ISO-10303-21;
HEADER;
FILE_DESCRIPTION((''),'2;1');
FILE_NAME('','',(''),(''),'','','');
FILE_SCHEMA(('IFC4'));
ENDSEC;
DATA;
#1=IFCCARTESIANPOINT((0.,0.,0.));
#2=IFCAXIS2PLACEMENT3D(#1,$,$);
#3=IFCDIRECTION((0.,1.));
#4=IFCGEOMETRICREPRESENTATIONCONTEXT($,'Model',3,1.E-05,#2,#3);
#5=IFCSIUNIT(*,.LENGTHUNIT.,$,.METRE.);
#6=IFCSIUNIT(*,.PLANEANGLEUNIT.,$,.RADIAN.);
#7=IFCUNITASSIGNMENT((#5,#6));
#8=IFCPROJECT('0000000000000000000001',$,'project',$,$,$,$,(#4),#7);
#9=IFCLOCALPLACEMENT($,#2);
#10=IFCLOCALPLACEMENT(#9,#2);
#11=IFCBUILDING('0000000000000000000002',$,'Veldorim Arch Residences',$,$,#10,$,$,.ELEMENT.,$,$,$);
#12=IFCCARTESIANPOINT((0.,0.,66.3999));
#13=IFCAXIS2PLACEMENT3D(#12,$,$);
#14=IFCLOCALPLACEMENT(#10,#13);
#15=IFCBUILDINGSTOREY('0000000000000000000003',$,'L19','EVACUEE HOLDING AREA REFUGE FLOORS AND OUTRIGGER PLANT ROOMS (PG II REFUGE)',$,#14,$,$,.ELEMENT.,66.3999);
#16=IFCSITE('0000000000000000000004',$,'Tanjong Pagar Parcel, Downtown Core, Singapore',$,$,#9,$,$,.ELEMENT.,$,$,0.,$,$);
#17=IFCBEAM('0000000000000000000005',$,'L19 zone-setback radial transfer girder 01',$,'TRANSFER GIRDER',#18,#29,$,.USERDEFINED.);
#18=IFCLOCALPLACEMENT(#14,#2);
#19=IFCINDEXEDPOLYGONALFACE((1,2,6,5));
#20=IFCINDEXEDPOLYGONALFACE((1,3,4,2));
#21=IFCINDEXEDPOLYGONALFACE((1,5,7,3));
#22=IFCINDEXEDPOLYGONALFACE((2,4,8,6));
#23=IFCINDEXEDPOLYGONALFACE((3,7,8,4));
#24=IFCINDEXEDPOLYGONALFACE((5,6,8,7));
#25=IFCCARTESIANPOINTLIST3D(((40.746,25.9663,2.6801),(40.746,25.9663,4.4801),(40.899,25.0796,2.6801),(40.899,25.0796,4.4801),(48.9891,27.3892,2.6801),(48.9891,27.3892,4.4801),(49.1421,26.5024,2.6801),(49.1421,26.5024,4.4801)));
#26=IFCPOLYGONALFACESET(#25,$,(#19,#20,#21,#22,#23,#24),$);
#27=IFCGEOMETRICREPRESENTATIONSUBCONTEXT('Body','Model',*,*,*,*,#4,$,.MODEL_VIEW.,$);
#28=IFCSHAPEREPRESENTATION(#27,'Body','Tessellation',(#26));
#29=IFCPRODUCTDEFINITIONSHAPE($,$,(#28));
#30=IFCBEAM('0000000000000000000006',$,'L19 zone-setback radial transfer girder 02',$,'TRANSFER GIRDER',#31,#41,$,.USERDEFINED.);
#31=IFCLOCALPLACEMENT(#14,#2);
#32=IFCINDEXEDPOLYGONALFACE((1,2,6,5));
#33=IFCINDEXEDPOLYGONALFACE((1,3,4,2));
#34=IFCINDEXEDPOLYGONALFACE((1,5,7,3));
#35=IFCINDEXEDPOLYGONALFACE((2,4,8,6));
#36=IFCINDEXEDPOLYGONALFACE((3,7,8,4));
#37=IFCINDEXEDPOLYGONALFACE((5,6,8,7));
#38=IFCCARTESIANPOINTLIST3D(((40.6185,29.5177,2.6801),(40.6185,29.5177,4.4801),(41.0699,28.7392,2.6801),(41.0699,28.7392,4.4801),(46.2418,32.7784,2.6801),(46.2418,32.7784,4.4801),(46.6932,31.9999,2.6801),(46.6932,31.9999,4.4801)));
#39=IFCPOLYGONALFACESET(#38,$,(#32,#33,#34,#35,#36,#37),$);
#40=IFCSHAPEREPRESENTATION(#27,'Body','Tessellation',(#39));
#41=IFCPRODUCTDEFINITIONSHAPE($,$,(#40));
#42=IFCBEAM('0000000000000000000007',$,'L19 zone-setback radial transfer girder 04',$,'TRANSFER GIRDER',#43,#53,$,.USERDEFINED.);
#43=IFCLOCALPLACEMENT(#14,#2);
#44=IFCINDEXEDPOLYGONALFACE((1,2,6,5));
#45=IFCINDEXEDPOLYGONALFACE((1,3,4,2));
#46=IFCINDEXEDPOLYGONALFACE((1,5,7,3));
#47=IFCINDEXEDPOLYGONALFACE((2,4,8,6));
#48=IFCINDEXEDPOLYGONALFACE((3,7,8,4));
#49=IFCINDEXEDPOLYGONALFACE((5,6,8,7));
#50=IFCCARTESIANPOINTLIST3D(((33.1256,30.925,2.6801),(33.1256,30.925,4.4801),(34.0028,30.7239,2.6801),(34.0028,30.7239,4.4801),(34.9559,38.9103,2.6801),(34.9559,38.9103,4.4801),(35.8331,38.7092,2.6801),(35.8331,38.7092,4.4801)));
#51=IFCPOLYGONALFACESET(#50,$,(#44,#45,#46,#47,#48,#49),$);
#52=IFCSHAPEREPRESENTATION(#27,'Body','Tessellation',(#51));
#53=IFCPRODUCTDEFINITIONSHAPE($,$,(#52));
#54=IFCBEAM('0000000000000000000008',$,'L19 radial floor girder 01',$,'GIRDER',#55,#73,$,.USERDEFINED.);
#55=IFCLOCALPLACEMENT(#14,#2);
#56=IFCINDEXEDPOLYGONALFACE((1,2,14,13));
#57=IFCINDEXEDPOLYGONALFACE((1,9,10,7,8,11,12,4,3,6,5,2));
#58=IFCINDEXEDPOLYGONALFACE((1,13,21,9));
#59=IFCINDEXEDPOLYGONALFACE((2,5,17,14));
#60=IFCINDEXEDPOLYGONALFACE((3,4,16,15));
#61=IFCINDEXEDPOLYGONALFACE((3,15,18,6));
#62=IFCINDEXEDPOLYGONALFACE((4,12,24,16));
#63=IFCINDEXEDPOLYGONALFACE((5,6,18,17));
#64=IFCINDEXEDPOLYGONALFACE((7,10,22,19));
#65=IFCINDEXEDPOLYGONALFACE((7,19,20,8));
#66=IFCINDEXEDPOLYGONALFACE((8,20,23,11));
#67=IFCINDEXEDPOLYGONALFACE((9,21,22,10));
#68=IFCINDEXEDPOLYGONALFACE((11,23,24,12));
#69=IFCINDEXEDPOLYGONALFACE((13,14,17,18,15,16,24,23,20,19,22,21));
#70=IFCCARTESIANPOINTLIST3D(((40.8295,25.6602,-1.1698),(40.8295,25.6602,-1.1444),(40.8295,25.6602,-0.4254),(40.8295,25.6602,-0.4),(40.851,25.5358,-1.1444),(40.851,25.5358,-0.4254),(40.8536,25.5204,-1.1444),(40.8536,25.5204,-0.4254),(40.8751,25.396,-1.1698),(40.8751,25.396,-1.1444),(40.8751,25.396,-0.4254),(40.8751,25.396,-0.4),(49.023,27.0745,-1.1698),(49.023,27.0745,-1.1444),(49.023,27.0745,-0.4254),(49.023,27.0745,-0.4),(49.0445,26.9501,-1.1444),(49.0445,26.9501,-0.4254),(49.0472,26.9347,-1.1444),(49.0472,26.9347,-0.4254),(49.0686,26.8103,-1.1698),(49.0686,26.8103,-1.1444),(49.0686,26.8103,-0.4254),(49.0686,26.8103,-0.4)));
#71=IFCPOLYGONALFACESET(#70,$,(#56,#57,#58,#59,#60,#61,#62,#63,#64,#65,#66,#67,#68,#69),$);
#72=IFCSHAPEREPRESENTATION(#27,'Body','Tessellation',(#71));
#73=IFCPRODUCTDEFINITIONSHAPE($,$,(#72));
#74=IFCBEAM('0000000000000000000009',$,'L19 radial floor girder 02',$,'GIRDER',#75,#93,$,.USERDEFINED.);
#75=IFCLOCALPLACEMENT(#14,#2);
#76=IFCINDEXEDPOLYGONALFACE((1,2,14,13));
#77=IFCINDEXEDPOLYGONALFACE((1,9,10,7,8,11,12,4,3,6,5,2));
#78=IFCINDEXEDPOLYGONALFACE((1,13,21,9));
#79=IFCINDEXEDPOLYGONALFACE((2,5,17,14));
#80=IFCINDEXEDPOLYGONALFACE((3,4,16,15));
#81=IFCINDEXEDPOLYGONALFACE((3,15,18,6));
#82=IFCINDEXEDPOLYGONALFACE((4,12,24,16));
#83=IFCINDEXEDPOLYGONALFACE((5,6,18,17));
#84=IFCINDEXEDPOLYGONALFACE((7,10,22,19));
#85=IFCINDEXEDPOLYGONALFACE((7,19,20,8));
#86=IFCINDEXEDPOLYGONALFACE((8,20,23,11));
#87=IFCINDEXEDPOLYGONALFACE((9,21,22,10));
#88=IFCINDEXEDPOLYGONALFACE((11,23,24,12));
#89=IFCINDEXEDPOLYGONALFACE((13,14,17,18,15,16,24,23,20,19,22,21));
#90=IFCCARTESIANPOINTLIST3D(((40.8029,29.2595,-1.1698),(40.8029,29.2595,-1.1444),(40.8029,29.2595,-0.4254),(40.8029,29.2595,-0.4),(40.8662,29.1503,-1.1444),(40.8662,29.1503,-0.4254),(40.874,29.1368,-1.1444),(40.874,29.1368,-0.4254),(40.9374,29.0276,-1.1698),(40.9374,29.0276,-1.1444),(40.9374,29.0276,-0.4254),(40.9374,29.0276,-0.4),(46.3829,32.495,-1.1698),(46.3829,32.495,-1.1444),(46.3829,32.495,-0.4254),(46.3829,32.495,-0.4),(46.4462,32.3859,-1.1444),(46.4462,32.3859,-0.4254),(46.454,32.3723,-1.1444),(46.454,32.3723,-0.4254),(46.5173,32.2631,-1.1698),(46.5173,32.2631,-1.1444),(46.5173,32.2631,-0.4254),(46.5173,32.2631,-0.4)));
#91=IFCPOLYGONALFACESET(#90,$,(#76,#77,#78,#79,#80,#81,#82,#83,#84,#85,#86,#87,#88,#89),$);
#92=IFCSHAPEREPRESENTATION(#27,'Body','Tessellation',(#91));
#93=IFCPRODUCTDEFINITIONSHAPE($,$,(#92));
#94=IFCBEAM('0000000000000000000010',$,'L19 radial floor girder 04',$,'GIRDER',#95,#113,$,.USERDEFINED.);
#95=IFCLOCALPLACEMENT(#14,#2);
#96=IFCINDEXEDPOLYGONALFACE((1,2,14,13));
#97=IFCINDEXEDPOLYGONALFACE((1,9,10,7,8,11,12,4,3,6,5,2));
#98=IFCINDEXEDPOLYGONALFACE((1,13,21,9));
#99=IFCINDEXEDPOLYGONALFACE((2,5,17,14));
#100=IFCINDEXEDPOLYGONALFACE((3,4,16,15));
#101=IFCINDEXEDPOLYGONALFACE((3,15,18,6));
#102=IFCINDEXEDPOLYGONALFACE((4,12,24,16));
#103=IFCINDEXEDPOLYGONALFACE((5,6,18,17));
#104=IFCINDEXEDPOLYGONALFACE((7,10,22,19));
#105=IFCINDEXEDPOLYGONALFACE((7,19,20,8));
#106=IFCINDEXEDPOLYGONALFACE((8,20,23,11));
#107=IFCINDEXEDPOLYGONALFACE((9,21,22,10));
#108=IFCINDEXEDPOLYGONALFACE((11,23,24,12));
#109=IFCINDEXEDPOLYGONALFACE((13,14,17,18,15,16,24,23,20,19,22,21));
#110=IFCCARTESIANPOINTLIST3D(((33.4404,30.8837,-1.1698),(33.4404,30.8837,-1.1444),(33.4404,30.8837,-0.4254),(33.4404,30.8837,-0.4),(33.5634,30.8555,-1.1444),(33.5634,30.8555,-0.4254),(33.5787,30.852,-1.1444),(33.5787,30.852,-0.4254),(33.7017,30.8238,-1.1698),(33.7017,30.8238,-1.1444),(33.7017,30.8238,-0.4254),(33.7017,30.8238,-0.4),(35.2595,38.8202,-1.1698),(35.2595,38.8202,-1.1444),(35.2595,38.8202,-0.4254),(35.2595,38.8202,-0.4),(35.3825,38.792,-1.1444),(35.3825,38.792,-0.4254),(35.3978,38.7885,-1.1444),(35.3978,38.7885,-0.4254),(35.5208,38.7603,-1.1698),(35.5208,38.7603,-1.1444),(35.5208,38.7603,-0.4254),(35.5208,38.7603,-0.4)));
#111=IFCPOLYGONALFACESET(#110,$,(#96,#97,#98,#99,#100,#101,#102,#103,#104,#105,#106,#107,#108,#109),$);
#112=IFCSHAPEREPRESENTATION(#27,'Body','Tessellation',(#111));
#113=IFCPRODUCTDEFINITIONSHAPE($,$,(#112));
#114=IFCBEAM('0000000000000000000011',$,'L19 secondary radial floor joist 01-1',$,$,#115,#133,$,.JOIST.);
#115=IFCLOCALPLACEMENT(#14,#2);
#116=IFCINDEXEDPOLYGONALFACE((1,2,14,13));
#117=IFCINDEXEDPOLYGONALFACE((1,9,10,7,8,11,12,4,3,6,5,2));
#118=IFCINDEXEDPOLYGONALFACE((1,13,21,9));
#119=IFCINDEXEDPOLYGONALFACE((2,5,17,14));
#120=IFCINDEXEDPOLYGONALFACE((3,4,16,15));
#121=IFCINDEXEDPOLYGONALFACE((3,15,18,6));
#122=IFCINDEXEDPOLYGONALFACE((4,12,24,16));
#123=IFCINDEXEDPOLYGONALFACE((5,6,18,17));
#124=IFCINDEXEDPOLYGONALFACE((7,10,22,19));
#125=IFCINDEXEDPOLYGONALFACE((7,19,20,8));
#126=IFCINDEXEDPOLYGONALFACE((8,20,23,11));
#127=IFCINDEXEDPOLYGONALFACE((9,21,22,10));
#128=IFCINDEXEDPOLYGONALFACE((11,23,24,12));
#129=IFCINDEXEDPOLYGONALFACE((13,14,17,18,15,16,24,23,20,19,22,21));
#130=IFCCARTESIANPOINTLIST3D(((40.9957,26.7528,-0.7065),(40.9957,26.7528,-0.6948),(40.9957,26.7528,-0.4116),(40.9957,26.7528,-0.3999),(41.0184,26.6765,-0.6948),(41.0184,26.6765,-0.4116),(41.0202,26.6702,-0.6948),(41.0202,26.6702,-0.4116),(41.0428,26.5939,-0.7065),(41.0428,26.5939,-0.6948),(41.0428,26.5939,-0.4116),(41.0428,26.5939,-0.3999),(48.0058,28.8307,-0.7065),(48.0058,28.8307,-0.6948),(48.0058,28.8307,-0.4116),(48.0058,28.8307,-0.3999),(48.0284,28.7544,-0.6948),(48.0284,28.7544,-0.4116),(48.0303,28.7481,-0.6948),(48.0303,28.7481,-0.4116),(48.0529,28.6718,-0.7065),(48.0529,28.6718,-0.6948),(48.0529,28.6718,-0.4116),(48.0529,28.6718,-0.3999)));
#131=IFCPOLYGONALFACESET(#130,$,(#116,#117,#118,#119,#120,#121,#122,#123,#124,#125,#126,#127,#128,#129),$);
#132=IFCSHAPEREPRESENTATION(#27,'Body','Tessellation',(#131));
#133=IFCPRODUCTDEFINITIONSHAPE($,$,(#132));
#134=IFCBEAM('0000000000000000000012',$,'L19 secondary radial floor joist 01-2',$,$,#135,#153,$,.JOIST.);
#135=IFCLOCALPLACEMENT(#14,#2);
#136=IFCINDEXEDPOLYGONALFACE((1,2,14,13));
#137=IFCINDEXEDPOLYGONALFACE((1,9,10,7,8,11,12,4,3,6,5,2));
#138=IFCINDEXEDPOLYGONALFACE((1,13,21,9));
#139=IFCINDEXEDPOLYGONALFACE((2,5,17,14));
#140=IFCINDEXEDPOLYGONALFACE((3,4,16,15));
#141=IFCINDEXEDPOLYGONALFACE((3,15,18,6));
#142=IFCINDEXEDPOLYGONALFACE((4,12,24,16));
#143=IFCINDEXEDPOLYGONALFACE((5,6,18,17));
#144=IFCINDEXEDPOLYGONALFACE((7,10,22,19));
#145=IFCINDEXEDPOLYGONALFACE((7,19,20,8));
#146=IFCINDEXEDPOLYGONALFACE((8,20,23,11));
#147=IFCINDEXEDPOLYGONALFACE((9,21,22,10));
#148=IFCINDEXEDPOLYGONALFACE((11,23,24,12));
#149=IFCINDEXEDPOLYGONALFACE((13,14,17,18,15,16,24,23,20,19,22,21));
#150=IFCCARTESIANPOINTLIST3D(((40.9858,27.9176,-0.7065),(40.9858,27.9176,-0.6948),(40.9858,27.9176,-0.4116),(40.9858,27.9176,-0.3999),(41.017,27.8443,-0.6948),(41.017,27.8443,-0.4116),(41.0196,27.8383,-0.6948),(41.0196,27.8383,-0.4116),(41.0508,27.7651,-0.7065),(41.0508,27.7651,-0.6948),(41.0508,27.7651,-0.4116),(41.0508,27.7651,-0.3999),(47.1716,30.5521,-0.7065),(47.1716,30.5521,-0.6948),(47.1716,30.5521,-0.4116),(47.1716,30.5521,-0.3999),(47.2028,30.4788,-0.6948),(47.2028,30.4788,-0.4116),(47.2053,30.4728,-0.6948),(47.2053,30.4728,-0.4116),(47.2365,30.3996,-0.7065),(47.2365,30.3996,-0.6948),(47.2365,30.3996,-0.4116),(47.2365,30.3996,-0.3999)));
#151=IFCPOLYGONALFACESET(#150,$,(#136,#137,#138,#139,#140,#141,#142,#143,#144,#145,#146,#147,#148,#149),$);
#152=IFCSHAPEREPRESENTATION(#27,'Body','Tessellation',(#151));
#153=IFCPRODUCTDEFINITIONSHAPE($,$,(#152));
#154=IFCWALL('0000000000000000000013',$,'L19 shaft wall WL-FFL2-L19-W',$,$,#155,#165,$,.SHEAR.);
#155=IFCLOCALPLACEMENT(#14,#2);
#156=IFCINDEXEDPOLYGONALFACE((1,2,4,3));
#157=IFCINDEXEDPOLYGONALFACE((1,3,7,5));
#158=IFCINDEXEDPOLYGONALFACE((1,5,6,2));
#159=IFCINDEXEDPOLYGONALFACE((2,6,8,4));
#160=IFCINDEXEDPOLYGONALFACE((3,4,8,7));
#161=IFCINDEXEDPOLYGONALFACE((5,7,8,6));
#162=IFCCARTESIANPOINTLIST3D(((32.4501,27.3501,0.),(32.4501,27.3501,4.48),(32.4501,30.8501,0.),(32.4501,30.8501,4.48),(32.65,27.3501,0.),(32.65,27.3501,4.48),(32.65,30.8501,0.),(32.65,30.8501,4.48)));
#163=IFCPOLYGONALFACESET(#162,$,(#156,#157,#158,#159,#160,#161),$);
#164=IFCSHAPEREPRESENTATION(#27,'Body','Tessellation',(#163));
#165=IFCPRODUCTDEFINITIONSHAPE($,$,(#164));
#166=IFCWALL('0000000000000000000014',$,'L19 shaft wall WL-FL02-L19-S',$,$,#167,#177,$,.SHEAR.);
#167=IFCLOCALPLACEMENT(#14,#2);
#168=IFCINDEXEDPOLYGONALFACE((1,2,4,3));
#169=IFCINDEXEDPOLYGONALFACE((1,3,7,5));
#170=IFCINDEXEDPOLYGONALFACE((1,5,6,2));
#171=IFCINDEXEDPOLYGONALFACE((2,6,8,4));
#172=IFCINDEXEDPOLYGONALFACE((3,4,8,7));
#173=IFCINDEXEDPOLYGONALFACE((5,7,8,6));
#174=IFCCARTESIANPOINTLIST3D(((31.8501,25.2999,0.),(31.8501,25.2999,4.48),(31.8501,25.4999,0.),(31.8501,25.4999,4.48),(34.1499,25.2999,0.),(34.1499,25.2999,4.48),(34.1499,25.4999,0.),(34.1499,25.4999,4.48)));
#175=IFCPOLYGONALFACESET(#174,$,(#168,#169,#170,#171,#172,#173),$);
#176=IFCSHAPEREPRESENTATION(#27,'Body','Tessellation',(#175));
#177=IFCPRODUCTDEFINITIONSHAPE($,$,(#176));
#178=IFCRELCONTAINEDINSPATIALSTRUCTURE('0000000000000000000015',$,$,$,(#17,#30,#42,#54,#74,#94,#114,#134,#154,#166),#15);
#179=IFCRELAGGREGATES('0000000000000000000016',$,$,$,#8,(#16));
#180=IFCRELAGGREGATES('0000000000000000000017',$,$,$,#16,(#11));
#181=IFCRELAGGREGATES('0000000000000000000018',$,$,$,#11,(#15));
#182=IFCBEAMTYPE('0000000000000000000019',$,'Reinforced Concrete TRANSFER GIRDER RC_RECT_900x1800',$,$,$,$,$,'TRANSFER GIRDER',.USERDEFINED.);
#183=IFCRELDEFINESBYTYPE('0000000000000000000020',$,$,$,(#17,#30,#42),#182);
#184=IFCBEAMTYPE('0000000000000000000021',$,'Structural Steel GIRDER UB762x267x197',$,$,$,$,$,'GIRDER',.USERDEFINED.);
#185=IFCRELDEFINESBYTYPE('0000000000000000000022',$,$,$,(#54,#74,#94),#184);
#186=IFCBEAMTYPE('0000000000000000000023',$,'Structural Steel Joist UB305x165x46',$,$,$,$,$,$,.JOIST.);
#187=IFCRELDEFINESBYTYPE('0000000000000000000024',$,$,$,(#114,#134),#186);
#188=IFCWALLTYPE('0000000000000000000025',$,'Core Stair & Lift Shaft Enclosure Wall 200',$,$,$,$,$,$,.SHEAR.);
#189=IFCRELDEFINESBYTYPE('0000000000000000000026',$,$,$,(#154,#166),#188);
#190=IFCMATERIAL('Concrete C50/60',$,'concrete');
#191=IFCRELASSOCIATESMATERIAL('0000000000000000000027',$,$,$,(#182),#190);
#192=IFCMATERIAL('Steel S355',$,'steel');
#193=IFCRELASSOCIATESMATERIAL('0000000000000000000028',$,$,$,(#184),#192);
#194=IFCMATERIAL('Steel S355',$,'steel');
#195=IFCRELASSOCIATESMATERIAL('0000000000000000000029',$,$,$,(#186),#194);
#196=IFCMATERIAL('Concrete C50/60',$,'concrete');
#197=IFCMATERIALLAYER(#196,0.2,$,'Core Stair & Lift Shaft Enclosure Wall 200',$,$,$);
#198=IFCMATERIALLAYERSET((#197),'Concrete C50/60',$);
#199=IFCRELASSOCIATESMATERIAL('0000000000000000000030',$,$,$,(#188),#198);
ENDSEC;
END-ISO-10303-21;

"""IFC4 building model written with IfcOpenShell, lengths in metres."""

from ifc_helpers import new_model, si_unit, direction, frame, frame_2d, origin, origin_2d, place, context, subcontext, project, spatial, rectangle, i_section, extrude, material, layer, layer_set, material_profile, profile_set, type_object, element, save


model = new_model("IFC4")

# Units and contexts
model_context = context("Model", 3, precision=1e-05, world=origin(), true_north=direction((0.0, 1.0)))
body_context = subcontext(model_context, "Body", "Model", "MODEL_VIEW")
ifc_project = project(units=[si_unit("LENGTHUNIT", "METRE"), si_unit("PLANEANGLEUNIT", "RADIAN")], contexts=[model_context])

# Site, building, storey
site_placement = place(None, origin())
site = spatial("IfcSite", under=ifc_project, at=site_placement, Name="Tanjong Pagar Parcel, Downtown Core, Singapore", CompositionType="ELEMENT", RefElevation=0.0)
building_placement = place(site_placement, origin())
building = spatial("IfcBuilding", under=site, at=building_placement, Name="Veldorim Arch Residences", CompositionType="ELEMENT")
storey_placement = place(building_placement, frame((0.0, 0.0, 66.3999)))
storey = spatial("IfcBuildingStorey", under=building, at=storey_placement, Name="L19", Description="EVACUEE HOLDING AREA REFUGE FLOORS AND OUTRIGGER PLANT ROOMS (PG II REFUGE)", CompositionType="ELEMENT", Elevation=66.3999)

# Beams
ifc_material_1 = material(Name="Concrete C50/60", Category="concrete")
ifc_material_profile_1 = material_profile(ifc_material_1, rectangle(XDim=0.8999, YDim=1.8, at=origin_2d()), Name="RC_RECT_900x1800")
ifc_profile_set_1 = profile_set([ifc_material_profile_1], Name="Concrete C50/60")
beam_type_1 = type_object("IfcBeamType", Name="Reinforced Concrete TRANSFER GIRDER RC_RECT_900x1800", ElementType="TRANSFER GIRDER", PredefinedType="USERDEFINED", material=ifc_profile_set_1)
beam_1_placement = place(storey_placement, frame((40.8225, 25.5229, 3.5801), z_axis=(0.985428, 0.170095, 0.0), x_axis=(-0.170095, 0.985428, 0.0)))
element("IfcBeam", 1, at=beam_1_placement, inside=storey, type_object=beam_type_1, Name="L19 zone-setback radial transfer girder 01", ObjectType="TRANSFER GIRDER", PredefinedType="USERDEFINED", context=body_context, shape_type="SweptSolid", body=[
    extrude(rectangle(XDim=0.8999, YDim=1.8, at=origin_2d()), origin(), (0.0, 0.0, 1.0), 8.365),
])
beam_2_placement = place(storey_placement, frame((40.8442, 29.1284, 3.5801), z_axis=(0.865082, 0.50163, 0.0), x_axis=(-0.50163, 0.865082, 0.0)))
element("IfcBeam", 2, at=beam_2_placement, inside=storey, type_object=beam_type_1, Name="L19 zone-setback radial transfer girder 02", ObjectType="TRANSFER GIRDER", PredefinedType="USERDEFINED", context=body_context, shape_type="SweptSolid", body=[
    extrude(rectangle(XDim=0.8999, YDim=1.8, at=origin_2d()), origin(), (0.0, 0.0, 1.0), 6.5002),
])
beam_3_placement = place(storey_placement, frame((33.5642, 30.8245, 3.5801), z_axis=(0.223416, 0.974723, 0.0), x_axis=(-0.974723, 0.223416, 0.0)))
element("IfcBeam", 3, at=beam_3_placement, inside=storey, type_object=beam_type_1, Name="L19 zone-setback radial transfer girder 04", ObjectType="TRANSFER GIRDER", PredefinedType="USERDEFINED", context=body_context, shape_type="SweptSolid", body=[
    extrude(rectangle(XDim=0.8999, YDim=1.8, at=origin_2d()), origin(), (0.0, 0.0, 1.0), 8.1924),
])
ifc_material_2 = material(Name="Steel S355", Category="steel")
ifc_material_profile_2 = material_profile(ifc_material_2, i_section(OverallWidth=0.2681, OverallDepth=0.7698, WebThickness=0.0156, FlangeThickness=0.0254, at=origin_2d()), Name="UB762x267x197")
ifc_profile_set_2 = profile_set([ifc_material_profile_2], Name="Steel S355")
beam_type_2 = type_object("IfcBeamType", Name="Structural Steel GIRDER UB762x267x197", ElementType="GIRDER", PredefinedType="USERDEFINED", material=ifc_profile_set_2)
beam_4_placement = place(storey_placement, frame((40.8523, 25.5281, -0.7849), z_axis=(0.985428, 0.170096, 0.0), x_axis=(-0.170096, 0.985428, 0.0)))
element("IfcBeam", 4, at=beam_4_placement, inside=storey, type_object=beam_type_2, Name="L19 radial floor girder 01", ObjectType="GIRDER", PredefinedType="USERDEFINED", context=body_context, shape_type="SweptSolid", body=[
    extrude(i_section(OverallWidth=0.2681, OverallDepth=0.7698, WebThickness=0.0156, FlangeThickness=0.0254, at=origin_2d()), origin(), (0.0, 0.0, 1.0), 8.3147),
])
beam_5_placement = place(storey_placement, frame((40.8701, 29.1436, -0.7849), z_axis=(0.865088, 0.50162, 0.0), x_axis=(-0.50162, 0.865088, 0.0)))
element("IfcBeam", 5, at=beam_5_placement, inside=storey, type_object=beam_type_2, Name="L19 radial floor girder 02", ObjectType="GIRDER", PredefinedType="USERDEFINED", context=body_context, shape_type="SweptSolid", body=[
    extrude(i_section(OverallWidth=0.2681, OverallDepth=0.7698, WebThickness=0.0156, FlangeThickness=0.0254, at=origin_2d()), origin(), (0.0, 0.0, 1.0), 6.4502),
])
beam_6_placement = place(storey_placement, frame((33.571, 30.8538, -0.7849), z_axis=(0.223412, 0.974724, 0.0), x_axis=(-0.974724, 0.223412, 0.0)))
element("IfcBeam", 6, at=beam_6_placement, inside=storey, type_object=beam_type_2, Name="L19 radial floor girder 04", ObjectType="GIRDER", PredefinedType="USERDEFINED", context=body_context, shape_type="SweptSolid", body=[
    extrude(i_section(OverallWidth=0.2681, OverallDepth=0.7698, WebThickness=0.0156, FlangeThickness=0.0254, at=origin_2d()), origin(), (0.0, 0.0, 1.0), 8.1423),
])
ifc_material_3 = material(Name="Steel S355", Category="steel")
ifc_material_profile_3 = material_profile(ifc_material_3, i_section(OverallWidth=0.1658, OverallDepth=0.3066, WebThickness=0.0066, FlangeThickness=0.0117, at=origin_2d()), Name="UB305x165x46")
ifc_profile_set_3 = profile_set([ifc_material_profile_3], Name="Steel S355")
beam_type_3 = type_object("IfcBeamType", Name="Structural Steel Joist UB305x165x46", PredefinedType="JOIST", material=ifc_profile_set_3)
beam_7_placement = place(storey_placement, frame((41.0193, 26.6733, -0.5532), z_axis=(0.958767, 0.284194, 0.0), x_axis=(-0.284194, 0.958767, 0.0)))
element("IfcBeam", 7, at=beam_7_placement, inside=storey, type_object=beam_type_3, Name="L19 secondary radial floor joist 01-1", PredefinedType="JOIST", context=body_context, shape_type="SweptSolid", body=[
    extrude(i_section(OverallWidth=0.1658, OverallDepth=0.3066, WebThickness=0.0066, FlangeThickness=0.0117, at=origin_2d()), origin(), (0.0, 0.0, 1.0), 7.3115),
])
beam_8_placement = place(storey_placement, frame((41.0183, 27.8413, -0.5532), z_axis=(0.920033, 0.391841, 0.0), x_axis=(-0.391841, 0.920033, 0.0)))
element("IfcBeam", 8, at=beam_8_placement, inside=storey, type_object=beam_type_3, Name="L19 secondary radial floor joist 01-2", PredefinedType="JOIST", context=body_context, shape_type="SweptSolid", body=[
    extrude(i_section(OverallWidth=0.1658, OverallDepth=0.3066, WebThickness=0.0066, FlangeThickness=0.0117, at=origin_2d()), origin(), (0.0, 0.0, 1.0), 6.7234),
])

# Shared definitions
ifc_material_4 = material(Name="Concrete C50/60", Category="concrete")
ifc_layer = layer(ifc_material_4, 0.2, Name="Core Stair & Lift Shaft Enclosure Wall 200")
ifc_layer_set = layer_set([ifc_layer], Name="Concrete C50/60")
wall_type = type_object("IfcWallType", Name="Core Stair & Lift Shaft Enclosure Wall 200", PredefinedType="SHEAR", material=ifc_layer_set)

# Wall
wall_1_placement = place(storey_placement, frame((32.55, 27.3501, 0.0), z_axis=(0.0, 0.0, 1.0), x_axis=(0.0, 1.0, 0.0)))
element("IfcWall", 9, at=wall_1_placement, inside=storey, type_object=wall_type, Name="L19 shaft wall WL-FFL2-L19-W", PredefinedType="SHEAR", context=body_context, shape_type="SweptSolid", body=[
    extrude(rectangle(XDim=3.5, YDim=0.2, at=frame_2d((1.75, 0.0))), origin(), (0.0, 0.0, 1.0), 4.48),
])

# Wall
wall_2_placement = place(storey_placement, frame((31.8501, 25.3999, 0.0), z_axis=(0.0, 0.0, 1.0), x_axis=(1.0, 0.0, 0.0)))
element("IfcWall", 10, at=wall_2_placement, inside=storey, type_object=wall_type, Name="L19 shaft wall WL-FL02-L19-S", PredefinedType="SHEAR", context=body_context, shape_type="SweptSolid", body=[
    extrude(rectangle(XDim=2.2998, YDim=0.2, at=frame_2d((1.1499, 0.0))), origin(), (0.0, 0.0, 1.0), 4.48),
])

save(model, "model.ifc")
